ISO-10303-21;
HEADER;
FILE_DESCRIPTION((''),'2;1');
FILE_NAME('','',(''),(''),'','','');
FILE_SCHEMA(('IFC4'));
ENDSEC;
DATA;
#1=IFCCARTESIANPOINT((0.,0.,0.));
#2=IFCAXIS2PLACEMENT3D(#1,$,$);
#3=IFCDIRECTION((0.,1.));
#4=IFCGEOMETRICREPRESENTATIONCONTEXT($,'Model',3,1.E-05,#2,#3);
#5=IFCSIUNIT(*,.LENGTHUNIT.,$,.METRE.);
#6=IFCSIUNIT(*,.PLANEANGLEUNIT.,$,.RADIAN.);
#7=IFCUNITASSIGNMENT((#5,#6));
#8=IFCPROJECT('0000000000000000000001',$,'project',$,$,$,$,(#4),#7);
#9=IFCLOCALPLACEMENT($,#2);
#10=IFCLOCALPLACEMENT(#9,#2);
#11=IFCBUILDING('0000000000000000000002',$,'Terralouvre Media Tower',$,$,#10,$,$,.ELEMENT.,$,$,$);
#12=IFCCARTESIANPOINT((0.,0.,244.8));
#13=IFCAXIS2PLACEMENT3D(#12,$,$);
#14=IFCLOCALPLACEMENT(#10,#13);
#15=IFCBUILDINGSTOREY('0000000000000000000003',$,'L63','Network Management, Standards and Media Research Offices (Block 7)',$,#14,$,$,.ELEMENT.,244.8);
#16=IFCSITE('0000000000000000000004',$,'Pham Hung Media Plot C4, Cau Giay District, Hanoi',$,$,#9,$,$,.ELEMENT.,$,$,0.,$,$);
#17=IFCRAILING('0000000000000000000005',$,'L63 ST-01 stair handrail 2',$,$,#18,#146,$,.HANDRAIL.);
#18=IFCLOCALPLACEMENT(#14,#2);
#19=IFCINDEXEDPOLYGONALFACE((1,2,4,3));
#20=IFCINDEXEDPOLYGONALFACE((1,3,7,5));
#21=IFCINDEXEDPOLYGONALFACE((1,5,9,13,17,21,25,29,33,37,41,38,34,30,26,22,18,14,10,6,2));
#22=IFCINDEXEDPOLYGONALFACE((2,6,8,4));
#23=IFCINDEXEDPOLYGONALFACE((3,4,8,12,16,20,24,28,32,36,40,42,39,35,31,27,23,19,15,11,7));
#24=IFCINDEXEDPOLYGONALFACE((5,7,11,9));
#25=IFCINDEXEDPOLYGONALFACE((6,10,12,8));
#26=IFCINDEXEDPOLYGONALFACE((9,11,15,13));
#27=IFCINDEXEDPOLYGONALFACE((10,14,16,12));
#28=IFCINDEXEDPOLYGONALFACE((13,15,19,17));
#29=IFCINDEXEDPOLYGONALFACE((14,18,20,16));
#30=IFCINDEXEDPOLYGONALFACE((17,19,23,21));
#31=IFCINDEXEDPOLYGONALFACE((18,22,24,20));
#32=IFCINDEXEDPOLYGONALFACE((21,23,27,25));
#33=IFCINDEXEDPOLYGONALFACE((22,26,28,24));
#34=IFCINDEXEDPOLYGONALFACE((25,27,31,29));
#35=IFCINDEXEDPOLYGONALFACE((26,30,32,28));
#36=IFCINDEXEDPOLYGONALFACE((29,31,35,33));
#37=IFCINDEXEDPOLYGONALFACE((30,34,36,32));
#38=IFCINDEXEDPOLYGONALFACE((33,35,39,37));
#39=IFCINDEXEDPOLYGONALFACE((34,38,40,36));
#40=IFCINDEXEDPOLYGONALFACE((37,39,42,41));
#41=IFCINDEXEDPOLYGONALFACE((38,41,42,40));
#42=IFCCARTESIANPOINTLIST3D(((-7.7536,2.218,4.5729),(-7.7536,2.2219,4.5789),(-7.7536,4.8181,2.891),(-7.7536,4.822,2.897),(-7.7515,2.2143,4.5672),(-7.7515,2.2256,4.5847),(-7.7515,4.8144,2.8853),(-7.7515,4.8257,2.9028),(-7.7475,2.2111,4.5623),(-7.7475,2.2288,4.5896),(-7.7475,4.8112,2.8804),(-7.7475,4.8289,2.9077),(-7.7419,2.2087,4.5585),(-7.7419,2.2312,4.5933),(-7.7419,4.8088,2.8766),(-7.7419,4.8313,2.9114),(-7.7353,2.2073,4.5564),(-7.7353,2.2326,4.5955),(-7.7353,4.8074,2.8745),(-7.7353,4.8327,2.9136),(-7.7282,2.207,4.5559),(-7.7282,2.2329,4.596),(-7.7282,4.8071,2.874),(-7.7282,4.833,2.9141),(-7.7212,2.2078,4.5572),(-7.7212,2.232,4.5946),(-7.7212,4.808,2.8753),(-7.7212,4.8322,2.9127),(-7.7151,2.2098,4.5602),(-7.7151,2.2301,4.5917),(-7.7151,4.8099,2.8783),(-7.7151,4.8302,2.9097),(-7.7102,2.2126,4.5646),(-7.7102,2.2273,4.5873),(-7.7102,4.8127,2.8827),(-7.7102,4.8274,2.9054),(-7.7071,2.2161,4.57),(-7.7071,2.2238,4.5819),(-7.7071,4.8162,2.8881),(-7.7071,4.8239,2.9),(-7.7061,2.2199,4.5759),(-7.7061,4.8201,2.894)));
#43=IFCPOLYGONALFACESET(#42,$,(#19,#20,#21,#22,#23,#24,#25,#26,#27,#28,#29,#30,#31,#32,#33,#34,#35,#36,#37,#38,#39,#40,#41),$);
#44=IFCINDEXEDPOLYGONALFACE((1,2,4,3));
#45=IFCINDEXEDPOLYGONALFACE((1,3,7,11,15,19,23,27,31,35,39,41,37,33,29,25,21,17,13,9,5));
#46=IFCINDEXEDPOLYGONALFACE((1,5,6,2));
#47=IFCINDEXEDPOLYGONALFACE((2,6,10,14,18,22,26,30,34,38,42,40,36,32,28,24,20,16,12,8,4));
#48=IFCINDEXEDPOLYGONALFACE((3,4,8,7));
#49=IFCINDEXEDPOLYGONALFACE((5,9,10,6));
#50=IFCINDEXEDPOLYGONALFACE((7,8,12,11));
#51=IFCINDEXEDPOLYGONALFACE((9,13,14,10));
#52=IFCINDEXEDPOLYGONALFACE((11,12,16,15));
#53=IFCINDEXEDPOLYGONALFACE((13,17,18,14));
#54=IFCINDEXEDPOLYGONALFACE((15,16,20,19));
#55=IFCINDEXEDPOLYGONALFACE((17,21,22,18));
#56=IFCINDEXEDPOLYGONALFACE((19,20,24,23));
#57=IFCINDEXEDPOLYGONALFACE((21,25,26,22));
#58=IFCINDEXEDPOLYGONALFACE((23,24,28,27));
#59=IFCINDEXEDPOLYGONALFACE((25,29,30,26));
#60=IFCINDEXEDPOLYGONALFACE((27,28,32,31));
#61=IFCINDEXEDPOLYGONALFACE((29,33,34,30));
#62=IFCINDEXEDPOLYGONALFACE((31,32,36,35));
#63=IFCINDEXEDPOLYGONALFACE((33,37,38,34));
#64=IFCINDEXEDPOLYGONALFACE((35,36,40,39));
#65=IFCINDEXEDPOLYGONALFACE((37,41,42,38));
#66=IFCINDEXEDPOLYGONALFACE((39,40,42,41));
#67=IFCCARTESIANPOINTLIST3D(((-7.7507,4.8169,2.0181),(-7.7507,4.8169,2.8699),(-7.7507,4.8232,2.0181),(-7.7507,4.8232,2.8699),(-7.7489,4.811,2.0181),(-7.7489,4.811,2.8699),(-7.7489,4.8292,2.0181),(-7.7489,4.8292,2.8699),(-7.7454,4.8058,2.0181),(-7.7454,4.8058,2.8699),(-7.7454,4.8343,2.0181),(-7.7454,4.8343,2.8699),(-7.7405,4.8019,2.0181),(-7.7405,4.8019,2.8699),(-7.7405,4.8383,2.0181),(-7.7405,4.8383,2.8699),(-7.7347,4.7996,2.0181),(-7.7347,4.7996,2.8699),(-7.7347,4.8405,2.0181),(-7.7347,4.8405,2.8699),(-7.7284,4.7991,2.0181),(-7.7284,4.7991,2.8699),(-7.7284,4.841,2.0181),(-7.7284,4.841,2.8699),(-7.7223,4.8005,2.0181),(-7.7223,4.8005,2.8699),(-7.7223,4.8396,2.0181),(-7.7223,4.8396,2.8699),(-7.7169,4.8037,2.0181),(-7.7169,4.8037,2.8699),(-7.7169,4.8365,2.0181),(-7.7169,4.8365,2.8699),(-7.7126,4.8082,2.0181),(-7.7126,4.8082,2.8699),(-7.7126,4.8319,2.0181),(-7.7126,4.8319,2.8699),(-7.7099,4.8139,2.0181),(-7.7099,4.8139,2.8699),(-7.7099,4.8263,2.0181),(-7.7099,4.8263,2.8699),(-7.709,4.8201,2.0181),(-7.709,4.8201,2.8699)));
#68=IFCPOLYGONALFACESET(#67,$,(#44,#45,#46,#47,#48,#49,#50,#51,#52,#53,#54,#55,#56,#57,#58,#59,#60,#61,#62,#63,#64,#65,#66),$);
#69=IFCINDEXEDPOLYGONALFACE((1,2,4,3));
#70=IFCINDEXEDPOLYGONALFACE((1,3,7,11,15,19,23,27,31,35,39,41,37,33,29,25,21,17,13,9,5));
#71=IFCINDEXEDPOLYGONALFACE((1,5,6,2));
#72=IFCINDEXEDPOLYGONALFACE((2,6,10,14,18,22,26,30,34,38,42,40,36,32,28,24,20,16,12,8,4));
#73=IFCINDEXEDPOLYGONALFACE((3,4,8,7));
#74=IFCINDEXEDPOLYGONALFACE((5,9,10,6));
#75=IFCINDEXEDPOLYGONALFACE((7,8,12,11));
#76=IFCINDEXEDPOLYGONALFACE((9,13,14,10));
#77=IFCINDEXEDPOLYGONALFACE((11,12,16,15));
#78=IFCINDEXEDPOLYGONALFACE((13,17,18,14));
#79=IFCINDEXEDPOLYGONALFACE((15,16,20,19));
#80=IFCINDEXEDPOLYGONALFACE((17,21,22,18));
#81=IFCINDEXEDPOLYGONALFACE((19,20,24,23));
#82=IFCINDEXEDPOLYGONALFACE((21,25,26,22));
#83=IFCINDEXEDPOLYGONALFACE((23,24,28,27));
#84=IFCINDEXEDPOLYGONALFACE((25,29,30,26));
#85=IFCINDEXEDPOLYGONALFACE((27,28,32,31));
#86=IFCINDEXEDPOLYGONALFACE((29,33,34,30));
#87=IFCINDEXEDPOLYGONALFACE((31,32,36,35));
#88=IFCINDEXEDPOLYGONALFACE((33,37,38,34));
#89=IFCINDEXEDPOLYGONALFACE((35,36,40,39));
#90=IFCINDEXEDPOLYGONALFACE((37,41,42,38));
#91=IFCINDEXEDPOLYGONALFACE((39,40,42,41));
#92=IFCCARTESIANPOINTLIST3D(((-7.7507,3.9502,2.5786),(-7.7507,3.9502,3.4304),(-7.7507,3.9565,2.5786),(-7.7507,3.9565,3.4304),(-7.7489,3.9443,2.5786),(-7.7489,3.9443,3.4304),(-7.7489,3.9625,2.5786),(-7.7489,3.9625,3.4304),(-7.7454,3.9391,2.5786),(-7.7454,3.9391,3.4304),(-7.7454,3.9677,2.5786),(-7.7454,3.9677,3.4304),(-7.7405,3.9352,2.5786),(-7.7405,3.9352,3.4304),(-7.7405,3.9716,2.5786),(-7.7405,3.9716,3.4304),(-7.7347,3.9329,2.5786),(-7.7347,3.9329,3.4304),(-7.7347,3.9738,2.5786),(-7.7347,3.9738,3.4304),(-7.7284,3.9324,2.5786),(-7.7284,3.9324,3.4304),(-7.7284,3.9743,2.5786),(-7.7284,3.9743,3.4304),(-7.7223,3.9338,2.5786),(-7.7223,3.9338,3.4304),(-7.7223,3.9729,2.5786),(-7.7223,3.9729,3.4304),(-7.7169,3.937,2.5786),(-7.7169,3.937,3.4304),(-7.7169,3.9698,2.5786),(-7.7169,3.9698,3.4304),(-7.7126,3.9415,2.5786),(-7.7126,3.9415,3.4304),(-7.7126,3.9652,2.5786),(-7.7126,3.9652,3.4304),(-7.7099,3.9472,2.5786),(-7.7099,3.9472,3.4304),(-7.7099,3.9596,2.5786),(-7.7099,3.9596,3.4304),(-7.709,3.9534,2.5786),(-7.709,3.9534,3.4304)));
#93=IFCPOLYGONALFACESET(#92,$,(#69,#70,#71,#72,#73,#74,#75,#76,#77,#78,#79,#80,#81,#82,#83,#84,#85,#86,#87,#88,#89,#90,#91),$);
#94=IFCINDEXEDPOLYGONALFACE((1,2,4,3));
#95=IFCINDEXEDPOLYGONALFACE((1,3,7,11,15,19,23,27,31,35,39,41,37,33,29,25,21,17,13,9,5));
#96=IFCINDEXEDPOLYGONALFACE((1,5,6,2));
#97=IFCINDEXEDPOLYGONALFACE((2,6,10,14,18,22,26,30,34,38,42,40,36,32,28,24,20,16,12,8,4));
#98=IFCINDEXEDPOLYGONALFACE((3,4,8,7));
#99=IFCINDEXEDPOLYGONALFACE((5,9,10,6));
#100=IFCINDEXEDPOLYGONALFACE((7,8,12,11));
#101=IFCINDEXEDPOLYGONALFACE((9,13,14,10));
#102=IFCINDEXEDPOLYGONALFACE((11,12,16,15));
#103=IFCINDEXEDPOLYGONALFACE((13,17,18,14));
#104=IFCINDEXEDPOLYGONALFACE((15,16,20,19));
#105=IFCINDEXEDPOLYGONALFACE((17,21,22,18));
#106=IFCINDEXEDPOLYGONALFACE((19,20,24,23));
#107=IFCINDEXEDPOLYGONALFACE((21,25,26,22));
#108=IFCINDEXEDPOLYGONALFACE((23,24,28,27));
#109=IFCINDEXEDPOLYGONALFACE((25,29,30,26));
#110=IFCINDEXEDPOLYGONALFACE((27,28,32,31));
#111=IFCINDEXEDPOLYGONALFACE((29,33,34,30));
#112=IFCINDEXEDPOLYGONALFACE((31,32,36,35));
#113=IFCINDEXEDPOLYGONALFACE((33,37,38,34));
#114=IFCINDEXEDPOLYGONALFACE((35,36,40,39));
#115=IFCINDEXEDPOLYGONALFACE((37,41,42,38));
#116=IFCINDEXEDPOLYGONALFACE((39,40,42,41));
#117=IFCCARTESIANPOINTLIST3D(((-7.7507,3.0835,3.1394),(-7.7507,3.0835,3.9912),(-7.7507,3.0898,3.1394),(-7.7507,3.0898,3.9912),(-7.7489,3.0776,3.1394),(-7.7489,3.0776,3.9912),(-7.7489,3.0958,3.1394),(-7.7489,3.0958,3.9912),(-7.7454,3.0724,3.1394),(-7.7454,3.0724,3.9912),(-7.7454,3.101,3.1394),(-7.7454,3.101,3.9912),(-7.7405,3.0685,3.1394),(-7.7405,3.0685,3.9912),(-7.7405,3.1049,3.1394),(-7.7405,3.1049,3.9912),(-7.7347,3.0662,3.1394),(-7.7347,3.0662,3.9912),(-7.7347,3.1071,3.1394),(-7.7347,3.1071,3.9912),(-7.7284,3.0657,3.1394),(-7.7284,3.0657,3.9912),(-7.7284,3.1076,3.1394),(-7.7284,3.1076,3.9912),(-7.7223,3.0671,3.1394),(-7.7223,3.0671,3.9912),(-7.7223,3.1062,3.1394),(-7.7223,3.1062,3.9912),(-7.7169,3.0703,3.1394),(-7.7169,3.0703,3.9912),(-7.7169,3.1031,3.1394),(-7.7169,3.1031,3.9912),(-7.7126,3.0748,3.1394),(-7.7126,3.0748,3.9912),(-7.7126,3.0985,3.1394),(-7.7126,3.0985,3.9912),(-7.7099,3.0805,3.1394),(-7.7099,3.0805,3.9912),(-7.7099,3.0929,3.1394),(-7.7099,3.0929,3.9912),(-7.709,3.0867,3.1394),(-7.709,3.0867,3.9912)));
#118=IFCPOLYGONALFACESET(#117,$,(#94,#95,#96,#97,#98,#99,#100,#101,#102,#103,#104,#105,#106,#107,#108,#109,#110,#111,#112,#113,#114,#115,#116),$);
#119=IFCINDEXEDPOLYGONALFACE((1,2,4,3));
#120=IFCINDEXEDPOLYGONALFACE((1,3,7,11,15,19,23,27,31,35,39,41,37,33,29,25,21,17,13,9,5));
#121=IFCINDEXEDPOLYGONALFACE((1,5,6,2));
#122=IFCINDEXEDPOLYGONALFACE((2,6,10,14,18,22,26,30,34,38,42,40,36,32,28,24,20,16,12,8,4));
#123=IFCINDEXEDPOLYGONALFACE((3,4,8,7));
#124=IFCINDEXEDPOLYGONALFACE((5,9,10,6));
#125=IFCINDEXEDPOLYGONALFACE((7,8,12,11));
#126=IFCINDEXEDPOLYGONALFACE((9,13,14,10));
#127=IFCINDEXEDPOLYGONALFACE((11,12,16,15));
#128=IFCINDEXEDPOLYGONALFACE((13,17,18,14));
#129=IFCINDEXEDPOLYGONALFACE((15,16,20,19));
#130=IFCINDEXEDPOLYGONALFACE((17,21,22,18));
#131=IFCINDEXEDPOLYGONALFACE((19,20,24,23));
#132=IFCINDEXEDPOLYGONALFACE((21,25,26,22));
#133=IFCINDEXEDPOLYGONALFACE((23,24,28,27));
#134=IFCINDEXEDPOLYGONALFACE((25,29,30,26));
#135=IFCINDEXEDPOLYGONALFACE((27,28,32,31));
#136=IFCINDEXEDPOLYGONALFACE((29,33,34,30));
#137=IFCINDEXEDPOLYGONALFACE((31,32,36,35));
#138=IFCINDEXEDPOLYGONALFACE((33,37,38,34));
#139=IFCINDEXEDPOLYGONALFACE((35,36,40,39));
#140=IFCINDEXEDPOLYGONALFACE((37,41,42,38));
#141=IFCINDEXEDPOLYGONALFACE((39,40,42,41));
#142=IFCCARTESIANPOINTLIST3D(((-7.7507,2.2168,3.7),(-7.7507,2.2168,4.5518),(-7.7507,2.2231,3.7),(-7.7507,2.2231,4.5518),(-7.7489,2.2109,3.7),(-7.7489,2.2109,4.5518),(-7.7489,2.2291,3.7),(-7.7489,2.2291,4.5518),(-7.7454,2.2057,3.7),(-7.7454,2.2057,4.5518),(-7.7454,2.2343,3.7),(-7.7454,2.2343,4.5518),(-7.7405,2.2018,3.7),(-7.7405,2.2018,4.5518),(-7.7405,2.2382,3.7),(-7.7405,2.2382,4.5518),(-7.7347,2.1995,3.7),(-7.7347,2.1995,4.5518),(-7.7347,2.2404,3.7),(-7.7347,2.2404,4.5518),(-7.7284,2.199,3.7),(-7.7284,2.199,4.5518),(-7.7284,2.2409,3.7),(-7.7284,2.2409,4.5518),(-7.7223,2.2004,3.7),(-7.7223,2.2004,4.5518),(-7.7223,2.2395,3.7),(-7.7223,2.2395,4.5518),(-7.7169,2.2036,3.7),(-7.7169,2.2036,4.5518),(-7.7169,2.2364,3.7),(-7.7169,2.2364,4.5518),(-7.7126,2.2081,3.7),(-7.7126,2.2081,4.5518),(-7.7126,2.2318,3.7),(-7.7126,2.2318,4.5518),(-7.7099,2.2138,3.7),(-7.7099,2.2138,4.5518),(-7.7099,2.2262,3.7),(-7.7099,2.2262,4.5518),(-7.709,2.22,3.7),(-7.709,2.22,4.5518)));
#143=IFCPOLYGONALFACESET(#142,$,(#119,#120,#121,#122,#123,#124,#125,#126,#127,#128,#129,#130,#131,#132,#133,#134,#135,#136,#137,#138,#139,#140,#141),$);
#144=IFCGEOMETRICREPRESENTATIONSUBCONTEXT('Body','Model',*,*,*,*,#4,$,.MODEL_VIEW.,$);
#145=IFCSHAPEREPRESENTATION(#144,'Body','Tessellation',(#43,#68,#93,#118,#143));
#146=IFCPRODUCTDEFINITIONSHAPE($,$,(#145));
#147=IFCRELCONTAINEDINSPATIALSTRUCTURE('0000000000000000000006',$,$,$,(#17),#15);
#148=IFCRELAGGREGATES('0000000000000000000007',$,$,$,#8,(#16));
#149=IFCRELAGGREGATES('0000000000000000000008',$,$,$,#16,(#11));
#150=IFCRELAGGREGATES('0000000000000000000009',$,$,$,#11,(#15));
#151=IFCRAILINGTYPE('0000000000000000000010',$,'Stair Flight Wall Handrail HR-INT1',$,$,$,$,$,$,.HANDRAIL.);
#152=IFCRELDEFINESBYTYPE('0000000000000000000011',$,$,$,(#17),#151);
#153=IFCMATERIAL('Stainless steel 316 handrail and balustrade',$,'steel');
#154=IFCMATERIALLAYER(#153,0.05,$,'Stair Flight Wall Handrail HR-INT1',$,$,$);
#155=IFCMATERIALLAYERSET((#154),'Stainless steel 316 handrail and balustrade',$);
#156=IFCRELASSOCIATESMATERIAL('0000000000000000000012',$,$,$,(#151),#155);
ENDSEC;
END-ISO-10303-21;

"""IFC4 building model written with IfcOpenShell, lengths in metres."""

from ifc_helpers import new_model, si_unit, direction, frame, origin, origin_2d, place, context, subcontext, project, spatial, circle, extrude, material, layer, layer_set, type_object, element, save


model = new_model("IFC4")

# Units and contexts
model_context = context("Model", 3, precision=1e-05, world=origin(), true_north=direction((0.0, 1.0)))
body_context = subcontext(model_context, "Body", "Model", "MODEL_VIEW")
ifc_project = project(units=[si_unit("LENGTHUNIT", "METRE"), si_unit("PLANEANGLEUNIT", "RADIAN")], contexts=[model_context])

# Site, building, storey
site_placement = place(None, origin())
site = spatial("IfcSite", under=ifc_project, at=site_placement, Name="Pham Hung Media Plot C4, Cau Giay District, Hanoi", CompositionType="ELEMENT", RefElevation=0.0)
building_placement = place(site_placement, origin())
building = spatial("IfcBuilding", under=site, at=building_placement, Name="Terralouvre Media Tower", CompositionType="ELEMENT")
storey_placement = place(building_placement, frame((0.0, 0.0, 244.8)))
storey = spatial("IfcBuildingStorey", under=building, at=storey_placement, Name="L63", Description="Network Management, Standards and Media Research Offices (Block 7)", CompositionType="ELEMENT", Elevation=244.8)

# Railing
ifc_material_1 = material(Name="Stainless steel 316 handrail and balustrade", Category="steel")
ifc_layer_1 = layer(ifc_material_1, 0.05, Name="Stair Flight Wall Handrail HR-INT1")
ifc_layer_set_1 = layer_set([ifc_layer_1], Name="Stainless steel 316 handrail and balustrade")
railing_type_1 = type_object("IfcRailingType", Name="Stair Flight Wall Handrail HR-INT1", PredefinedType="HANDRAIL", material=ifc_layer_set_1)
railing_1_placement = place(storey_placement, frame((-7.73, 4.8201, 2.0181)))
element("IfcRailing", 1, at=railing_1_placement, inside=storey, type_object=railing_type_1, Name="L63 ST-01 stair handrail 2", PredefinedType="HANDRAIL", context=body_context, shape_type="SweptSolid", body=[
    extrude(circle(Radius=0.0239, at=origin_2d()), frame((0.0, 0.0, 0.876), z_axis=(0.0, -0.839648, 0.54313), x_axis=(1.0, 0.0, 0.0)), (0.0, 0.0, 1.0), 3.0967),
    extrude(circle(Radius=0.021, at=origin_2d()), origin(), (0.0, 0.0, 1.0), 0.8518),
    extrude(circle(Radius=0.021, at=origin_2d()), frame((0.0, -0.8667, 0.5605)), (0.0, 0.0, 1.0), 0.8518),
    extrude(circle(Radius=0.021, at=origin_2d()), frame((0.0, -1.7334, 1.1213)), (0.0, 0.0, 1.0), 0.8518),
    extrude(circle(Radius=0.021, at=origin_2d()), frame((0.0, -2.6001, 1.6819)), (0.0, 0.0, 1.0), 0.8518),
])

save(model, "model.ifc")
